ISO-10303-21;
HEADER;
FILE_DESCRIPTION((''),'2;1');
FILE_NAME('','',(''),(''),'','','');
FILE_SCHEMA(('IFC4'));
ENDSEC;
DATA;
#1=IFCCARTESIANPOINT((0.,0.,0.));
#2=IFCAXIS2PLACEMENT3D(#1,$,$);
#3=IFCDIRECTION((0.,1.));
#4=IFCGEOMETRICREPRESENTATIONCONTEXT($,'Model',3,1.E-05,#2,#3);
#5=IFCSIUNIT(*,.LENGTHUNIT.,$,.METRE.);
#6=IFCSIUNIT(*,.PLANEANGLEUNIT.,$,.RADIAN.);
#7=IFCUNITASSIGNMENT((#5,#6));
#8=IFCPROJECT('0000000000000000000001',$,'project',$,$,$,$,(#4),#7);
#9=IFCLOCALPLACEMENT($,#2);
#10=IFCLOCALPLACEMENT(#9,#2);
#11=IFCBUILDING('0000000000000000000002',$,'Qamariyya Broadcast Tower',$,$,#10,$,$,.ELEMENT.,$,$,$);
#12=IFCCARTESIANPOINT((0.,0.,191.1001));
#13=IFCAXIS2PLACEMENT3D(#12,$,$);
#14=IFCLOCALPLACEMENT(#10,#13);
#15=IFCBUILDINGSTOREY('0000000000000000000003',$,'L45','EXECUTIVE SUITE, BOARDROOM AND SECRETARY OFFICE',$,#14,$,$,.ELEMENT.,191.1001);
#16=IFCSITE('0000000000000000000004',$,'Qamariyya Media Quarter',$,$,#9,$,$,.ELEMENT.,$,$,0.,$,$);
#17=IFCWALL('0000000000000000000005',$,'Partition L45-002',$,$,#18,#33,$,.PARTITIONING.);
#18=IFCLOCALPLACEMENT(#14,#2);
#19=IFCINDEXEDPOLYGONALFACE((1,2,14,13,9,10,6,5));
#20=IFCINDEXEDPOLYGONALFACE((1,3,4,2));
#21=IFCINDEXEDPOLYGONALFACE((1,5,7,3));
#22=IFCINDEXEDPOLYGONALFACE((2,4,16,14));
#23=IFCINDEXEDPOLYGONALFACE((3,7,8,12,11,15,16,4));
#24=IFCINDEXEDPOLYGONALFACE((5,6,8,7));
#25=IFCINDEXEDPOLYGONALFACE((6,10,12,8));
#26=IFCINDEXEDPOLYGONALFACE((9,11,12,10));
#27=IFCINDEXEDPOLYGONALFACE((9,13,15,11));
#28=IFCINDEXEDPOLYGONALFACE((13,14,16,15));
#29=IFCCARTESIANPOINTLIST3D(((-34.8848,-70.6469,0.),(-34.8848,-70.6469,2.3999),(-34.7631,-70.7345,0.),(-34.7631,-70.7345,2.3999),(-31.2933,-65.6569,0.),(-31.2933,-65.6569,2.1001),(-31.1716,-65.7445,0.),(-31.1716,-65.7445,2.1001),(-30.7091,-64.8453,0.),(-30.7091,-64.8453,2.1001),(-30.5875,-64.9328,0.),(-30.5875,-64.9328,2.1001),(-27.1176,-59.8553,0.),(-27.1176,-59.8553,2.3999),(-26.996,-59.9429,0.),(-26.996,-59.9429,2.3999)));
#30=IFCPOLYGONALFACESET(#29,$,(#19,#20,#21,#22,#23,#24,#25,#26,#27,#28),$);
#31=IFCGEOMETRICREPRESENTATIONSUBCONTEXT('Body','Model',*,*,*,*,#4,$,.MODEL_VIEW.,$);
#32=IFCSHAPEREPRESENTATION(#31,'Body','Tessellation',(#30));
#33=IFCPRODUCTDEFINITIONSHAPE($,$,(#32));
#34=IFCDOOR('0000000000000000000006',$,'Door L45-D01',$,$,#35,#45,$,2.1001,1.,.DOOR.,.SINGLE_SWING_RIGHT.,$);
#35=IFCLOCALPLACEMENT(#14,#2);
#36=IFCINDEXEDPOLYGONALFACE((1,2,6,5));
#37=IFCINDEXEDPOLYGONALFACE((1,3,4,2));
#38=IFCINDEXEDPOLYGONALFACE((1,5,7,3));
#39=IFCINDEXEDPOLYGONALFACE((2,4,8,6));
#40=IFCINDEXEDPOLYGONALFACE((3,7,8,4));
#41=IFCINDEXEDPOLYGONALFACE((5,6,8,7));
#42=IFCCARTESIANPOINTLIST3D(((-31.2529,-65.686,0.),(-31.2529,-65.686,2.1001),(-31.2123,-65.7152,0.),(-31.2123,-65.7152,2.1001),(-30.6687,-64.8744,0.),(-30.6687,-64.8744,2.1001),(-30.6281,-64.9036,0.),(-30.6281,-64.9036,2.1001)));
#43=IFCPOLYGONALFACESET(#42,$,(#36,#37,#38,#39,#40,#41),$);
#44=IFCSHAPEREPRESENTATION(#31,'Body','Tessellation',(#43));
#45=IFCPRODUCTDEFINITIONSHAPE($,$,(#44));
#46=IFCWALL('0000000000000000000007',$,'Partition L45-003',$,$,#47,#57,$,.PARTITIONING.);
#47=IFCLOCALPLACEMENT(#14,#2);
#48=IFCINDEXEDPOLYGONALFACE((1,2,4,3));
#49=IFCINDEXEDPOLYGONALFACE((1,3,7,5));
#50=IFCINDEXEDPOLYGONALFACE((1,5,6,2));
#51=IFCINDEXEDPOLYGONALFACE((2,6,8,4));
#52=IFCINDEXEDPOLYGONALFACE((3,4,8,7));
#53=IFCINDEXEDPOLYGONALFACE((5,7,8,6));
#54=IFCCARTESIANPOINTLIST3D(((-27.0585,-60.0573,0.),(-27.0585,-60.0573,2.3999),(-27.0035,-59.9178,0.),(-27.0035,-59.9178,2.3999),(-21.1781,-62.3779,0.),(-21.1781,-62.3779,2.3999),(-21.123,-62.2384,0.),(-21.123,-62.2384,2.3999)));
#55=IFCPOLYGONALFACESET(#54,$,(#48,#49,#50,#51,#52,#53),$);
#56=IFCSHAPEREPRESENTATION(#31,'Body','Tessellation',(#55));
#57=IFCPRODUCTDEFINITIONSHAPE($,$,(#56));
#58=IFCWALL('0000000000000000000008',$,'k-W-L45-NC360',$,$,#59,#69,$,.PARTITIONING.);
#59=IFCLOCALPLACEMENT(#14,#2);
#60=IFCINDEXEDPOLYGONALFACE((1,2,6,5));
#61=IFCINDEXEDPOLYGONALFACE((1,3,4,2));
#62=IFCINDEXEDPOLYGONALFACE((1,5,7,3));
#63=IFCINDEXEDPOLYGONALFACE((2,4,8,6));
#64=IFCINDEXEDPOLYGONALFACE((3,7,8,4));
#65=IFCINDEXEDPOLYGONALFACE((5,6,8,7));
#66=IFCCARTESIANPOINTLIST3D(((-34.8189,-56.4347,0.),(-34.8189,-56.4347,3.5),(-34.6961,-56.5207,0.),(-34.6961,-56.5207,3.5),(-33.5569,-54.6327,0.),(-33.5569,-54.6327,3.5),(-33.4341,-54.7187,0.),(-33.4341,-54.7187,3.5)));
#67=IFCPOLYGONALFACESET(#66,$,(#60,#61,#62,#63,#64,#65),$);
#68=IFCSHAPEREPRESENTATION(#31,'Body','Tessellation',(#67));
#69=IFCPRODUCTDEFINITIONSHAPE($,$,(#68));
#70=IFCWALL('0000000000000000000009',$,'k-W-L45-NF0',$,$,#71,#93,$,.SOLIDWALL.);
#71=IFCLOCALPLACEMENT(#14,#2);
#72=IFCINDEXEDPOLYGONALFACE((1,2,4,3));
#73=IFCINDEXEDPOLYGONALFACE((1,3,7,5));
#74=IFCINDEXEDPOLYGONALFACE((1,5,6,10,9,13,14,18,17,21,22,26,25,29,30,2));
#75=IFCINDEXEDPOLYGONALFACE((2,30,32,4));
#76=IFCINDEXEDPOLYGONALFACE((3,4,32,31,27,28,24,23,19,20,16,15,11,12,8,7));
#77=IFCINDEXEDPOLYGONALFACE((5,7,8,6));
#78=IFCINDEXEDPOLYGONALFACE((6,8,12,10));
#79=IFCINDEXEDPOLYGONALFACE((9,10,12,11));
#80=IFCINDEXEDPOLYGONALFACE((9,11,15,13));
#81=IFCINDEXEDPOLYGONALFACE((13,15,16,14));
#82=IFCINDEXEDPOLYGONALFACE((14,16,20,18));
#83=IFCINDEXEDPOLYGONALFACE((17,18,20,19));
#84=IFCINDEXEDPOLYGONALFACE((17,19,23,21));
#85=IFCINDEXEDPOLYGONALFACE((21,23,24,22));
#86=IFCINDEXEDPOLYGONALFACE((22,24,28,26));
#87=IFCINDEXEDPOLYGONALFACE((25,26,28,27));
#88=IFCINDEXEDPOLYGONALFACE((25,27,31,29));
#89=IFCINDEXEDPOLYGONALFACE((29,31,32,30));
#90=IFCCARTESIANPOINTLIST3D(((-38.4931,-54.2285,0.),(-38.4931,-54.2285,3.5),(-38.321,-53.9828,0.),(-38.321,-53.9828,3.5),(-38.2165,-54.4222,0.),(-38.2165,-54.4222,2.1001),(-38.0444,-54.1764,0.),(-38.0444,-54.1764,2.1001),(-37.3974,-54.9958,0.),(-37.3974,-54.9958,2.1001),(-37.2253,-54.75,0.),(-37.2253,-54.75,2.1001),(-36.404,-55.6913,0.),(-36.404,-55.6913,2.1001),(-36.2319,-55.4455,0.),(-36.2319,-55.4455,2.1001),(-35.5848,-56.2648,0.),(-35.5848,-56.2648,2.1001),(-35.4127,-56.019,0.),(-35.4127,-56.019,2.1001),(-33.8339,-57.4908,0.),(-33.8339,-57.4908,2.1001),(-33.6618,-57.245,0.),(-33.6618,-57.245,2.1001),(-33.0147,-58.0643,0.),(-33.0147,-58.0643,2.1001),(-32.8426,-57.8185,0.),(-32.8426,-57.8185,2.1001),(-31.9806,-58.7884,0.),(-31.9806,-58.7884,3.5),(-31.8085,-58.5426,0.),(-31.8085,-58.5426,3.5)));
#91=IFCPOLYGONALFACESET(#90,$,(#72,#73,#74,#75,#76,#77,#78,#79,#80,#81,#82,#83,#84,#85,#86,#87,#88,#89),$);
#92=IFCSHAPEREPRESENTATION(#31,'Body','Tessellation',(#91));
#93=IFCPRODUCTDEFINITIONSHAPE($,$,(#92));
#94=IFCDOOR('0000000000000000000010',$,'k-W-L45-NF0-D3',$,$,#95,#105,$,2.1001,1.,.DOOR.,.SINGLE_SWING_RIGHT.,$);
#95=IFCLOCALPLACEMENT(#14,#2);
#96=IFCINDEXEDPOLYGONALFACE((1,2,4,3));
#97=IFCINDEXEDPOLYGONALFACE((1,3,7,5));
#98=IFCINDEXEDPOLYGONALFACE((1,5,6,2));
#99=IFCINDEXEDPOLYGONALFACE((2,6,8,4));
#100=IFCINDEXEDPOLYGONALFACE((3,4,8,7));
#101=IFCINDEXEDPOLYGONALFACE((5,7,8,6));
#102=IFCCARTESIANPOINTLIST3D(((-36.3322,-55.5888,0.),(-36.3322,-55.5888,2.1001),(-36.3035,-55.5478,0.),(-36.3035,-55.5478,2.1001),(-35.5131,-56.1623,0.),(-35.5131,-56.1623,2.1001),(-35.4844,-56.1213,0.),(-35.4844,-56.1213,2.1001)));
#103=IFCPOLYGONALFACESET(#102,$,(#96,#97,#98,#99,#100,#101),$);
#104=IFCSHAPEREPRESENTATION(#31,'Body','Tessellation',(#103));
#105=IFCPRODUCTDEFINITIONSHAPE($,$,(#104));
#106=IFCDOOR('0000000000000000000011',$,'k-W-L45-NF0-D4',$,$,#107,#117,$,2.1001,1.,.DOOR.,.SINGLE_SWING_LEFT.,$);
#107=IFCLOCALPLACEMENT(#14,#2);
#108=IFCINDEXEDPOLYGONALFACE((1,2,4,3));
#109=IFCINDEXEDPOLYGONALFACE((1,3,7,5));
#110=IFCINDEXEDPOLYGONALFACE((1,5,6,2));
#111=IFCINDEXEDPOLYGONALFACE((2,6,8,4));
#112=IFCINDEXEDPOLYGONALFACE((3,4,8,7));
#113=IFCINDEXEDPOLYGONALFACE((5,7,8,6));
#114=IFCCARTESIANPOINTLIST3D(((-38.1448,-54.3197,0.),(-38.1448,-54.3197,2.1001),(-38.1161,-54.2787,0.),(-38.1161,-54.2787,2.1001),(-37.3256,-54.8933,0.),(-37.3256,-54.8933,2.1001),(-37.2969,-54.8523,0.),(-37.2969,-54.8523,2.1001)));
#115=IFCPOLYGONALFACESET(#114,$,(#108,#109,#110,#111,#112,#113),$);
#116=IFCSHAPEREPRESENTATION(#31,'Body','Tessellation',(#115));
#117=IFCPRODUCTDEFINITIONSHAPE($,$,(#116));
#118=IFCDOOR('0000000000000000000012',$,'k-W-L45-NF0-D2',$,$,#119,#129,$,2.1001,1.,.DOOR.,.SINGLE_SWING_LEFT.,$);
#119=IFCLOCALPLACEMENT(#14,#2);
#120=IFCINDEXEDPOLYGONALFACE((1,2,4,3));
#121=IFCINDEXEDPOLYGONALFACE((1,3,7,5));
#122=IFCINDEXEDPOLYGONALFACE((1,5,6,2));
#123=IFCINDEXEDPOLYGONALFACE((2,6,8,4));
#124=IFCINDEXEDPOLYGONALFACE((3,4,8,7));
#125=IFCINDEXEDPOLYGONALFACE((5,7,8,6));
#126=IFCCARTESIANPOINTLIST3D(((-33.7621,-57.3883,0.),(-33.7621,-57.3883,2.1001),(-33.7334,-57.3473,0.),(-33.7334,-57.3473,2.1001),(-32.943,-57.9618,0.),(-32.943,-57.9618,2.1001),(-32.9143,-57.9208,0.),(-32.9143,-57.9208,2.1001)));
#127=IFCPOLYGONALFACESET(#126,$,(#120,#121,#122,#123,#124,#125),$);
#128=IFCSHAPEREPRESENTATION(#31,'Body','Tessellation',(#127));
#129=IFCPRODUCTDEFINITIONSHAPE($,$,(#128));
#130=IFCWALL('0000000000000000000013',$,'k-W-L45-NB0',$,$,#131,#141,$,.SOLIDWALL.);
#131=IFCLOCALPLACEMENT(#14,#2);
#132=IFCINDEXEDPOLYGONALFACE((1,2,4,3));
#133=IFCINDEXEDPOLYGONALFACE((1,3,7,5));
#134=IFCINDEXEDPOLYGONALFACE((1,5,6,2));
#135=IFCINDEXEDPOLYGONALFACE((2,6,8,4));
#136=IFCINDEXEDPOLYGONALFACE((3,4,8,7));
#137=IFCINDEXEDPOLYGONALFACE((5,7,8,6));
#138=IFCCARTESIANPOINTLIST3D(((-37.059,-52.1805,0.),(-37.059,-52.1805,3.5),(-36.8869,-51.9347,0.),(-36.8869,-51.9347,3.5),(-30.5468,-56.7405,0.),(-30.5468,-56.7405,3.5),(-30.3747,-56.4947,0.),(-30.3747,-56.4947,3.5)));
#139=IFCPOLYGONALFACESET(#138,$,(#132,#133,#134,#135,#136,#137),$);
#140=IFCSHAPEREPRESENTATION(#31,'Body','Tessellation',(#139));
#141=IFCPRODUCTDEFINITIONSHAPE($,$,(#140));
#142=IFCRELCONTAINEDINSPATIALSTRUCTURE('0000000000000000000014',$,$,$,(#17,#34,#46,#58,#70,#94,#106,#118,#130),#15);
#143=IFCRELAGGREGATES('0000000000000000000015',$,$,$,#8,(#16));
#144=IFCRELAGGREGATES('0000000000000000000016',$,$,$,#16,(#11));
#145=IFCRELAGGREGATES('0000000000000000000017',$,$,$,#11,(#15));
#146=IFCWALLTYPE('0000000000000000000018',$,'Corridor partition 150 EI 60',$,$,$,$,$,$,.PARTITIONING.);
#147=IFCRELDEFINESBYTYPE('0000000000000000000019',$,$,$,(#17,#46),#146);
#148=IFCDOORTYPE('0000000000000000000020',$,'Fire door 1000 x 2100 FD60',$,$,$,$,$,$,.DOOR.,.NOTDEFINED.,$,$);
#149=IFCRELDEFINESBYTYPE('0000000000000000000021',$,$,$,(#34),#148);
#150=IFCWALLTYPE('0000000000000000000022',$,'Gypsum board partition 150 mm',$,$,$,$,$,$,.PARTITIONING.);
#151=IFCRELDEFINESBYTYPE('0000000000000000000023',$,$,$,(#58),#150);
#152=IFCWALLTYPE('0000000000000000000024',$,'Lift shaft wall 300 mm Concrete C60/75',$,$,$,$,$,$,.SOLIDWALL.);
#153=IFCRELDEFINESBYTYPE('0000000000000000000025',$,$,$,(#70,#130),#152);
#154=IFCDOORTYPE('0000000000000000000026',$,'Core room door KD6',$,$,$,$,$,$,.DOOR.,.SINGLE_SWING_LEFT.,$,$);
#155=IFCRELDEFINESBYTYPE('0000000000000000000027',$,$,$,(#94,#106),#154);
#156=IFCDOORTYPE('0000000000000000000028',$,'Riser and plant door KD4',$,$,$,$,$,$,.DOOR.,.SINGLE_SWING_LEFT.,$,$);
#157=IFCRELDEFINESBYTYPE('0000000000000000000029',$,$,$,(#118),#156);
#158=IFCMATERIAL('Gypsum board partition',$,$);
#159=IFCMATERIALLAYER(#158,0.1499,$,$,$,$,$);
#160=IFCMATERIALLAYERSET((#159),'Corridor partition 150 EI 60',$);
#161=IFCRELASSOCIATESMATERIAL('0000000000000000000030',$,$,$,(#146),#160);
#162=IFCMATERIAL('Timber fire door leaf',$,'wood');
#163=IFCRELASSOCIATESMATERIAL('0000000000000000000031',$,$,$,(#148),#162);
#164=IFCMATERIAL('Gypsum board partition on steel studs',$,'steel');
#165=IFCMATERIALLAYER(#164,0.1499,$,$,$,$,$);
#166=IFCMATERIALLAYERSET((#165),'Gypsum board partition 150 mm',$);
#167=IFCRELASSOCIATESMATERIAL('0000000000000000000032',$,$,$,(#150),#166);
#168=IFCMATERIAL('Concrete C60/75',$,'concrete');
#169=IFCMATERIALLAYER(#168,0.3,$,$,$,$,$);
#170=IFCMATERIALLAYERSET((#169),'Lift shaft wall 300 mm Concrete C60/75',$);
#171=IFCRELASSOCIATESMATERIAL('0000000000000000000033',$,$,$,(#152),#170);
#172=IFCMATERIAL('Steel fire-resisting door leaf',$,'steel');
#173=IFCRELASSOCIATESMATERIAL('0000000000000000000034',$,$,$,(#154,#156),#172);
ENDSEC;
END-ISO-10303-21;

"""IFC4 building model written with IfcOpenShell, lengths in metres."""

from ifc_helpers import new_model, si_unit, direction, frame, frame_2d, origin, place, context, subcontext, project, spatial, rectangle, extrude, material, layer, layer_set, type_object, element, fill, save


model = new_model("IFC4")

# Units and contexts
model_context = context("Model", 3, precision=1e-05, world=origin(), true_north=direction((0.0, 1.0)))
body_context = subcontext(model_context, "Body", "Model", "MODEL_VIEW")
ifc_project = project(units=[si_unit("LENGTHUNIT", "METRE"), si_unit("PLANEANGLEUNIT", "RADIAN")], contexts=[model_context])

# Site, building, storey
site_placement = place(None, origin())
site = spatial("IfcSite", under=ifc_project, at=site_placement, Name="Qamariyya Media Quarter", CompositionType="ELEMENT", RefElevation=0.0)
building_placement = place(site_placement, origin())
building = spatial("IfcBuilding", under=site, at=building_placement, Name="Qamariyya Broadcast Tower", CompositionType="ELEMENT")
storey_placement = place(building_placement, frame((0.0, 0.0, 191.1001)))
storey = spatial("IfcBuildingStorey", under=building, at=storey_placement, Name="L45", Description="EXECUTIVE SUITE, BOARDROOM AND SECRETARY OFFICE", CompositionType="ELEMENT", Elevation=191.1001)

# Wall, opening, door
ifc_material_1 = material(Name="Gypsum board partition")
ifc_layer_1 = layer(ifc_material_1, 0.1499)
ifc_layer_set_1 = layer_set([ifc_layer_1], Name="Corridor partition 150 EI 60")
wall_type_1 = type_object("IfcWallType", Name="Corridor partition 150 EI 60", PredefinedType="PARTITIONING", material=ifc_layer_set_1)
wall_1_placement = place(storey_placement, frame((-27.0569, -59.8992, 0.0), z_axis=(0.0, 0.0, 1.0), x_axis=(-0.584166, -0.811634, 0.0)))
wall_1 = element("IfcWall", 1, at=wall_1_placement, inside=storey, type_object=wall_type_1, Name="Partition L45-002", PredefinedType="PARTITIONING", context=body_context, shape_type="SweptSolid", body=[
    extrude(rectangle(XDim=13.2961, YDim=0.1499, at=frame_2d((6.6479, 0.0))), origin(), (0.0, 0.0, 1.0), 2.3999),
])
opening_1_placement = place(wall_1_placement, frame((6.1479, 0.0, 0.0)))
opening_1 = element("IfcOpeningElement", 2, at=opening_1_placement, cuts=wall_1, PredefinedType="OPENING", context=body_context, shape_type="SweptSolid", body=[
    extrude(rectangle(XDim=1.0, YDim=2.1001, at=frame_2d((0.5, 1.05))), frame((0.0, 0.085, 0.0), z_axis=(0.0, -1.0, 0.0), x_axis=(1.0, 0.0, 0.0)), (0.0, 0.0, 1.0), 0.1699),
])
ifc_material_2 = material(Name="Timber fire door leaf", Category="wood")
door_type_1 = type_object("IfcDoorType", Name="Fire door 1000 x 2100 FD60", OperationType="NOTDEFINED", PredefinedType="DOOR", material=ifc_material_2)
door_1_placement = place(opening_1_placement, origin())
door_1 = element("IfcDoor", 3, at=door_1_placement, inside=storey, type_object=door_type_1, Name="Door L45-D01", OperationType="SINGLE_SWING_RIGHT", OverallHeight=2.1001, OverallWidth=1.0, PredefinedType="DOOR", context=body_context, shape_type="SweptSolid", body=[
    extrude(rectangle(XDim=1.0, YDim=2.1001, at=frame_2d((0.5, 1.05))), frame((0.0, 0.0249, 0.0), z_axis=(0.0, -1.0, 0.0), x_axis=(1.0, 0.0, 0.0)), (0.0, 0.0, 1.0), 0.05),
])
fill(opening_1, door_1)

# Walls
wall_2_placement = place(storey_placement, frame((-27.031, -59.9875, 0.0), z_axis=(0.0, 0.0, 1.0), x_axis=(0.93019, -0.367079, 0.0)))
element("IfcWall", 4, at=wall_2_placement, inside=storey, type_object=wall_type_1, Name="Partition L45-003", PredefinedType="PARTITIONING", context=body_context, shape_type="SweptSolid", body=[
    extrude(rectangle(XDim=6.3218, YDim=0.1499, at=frame_2d((3.1609, 0.0))), origin(), (0.0, 0.0, 1.0), 2.3999),
])
ifc_material_3 = material(Name="Gypsum board partition on steel studs", Category="steel")
ifc_layer_2 = layer(ifc_material_3, 0.1499)
ifc_layer_set_2 = layer_set([ifc_layer_2], Name="Gypsum board partition 150 mm")
wall_type_2 = type_object("IfcWallType", Name="Gypsum board partition 150 mm", PredefinedType="PARTITIONING", material=ifc_layer_set_2)
wall_3_placement = place(storey_placement, frame((-34.7576, -56.4778, 0.0), z_axis=(0.0, 0.0, 1.0), x_axis=(0.573634, 0.819112, 0.0)))
element("IfcWall", 5, at=wall_3_placement, inside=storey, type_object=wall_type_2, Name="k-W-L45-NC360", PredefinedType="PARTITIONING", context=body_context, shape_type="SweptSolid", body=[
    extrude(rectangle(XDim=2.2, YDim=0.1499, at=frame_2d((1.1001, 0.0))), origin(), (0.0, 0.0, 1.0), 3.5),
])

# Wall, openings, doors
ifc_material_4 = material(Name="Concrete C60/75", Category="concrete")
ifc_layer_3 = layer(ifc_material_4, 0.3)
ifc_layer_set_3 = layer_set([ifc_layer_3], Name="Lift shaft wall 300 mm Concrete C60/75")
wall_type_3 = type_object("IfcWallType", Name="Lift shaft wall 300 mm Concrete C60/75", PredefinedType="SOLIDWALL", material=ifc_layer_set_3)
wall_4_placement = place(storey_placement, frame((-31.8945, -58.6655, 0.0), z_axis=(0.0, 0.0, 1.0), x_axis=(-0.819167, 0.573555, 0.0)))
wall_4 = element("IfcWall", 6, at=wall_4_placement, inside=storey, type_object=wall_type_3, Name="k-W-L45-NF0", PredefinedType="SOLIDWALL", context=body_context, shape_type="SweptSolid", body=[
    extrude(rectangle(XDim=7.9502, YDim=0.3, at=frame_2d((3.9751, 0.0))), origin(), (0.0, 0.0, 1.0), 3.5),
])
opening_2_placement = place(wall_4_placement, frame((1.2625, 0.0, 0.0)))
opening_2 = element("IfcOpeningElement", 7, at=opening_2_placement, cuts=wall_4, PredefinedType="OPENING", context=body_context, shape_type="SweptSolid", body=[
    extrude(rectangle(XDim=1.0, YDim=2.1001, at=frame_2d((0.5, 1.05))), frame((0.0, 0.1599, 0.0), z_axis=(0.0, -1.0, 0.0), x_axis=(1.0, 0.0, 0.0)), (0.0, 0.0, 1.0), 0.3201),
])
opening_3_placement = place(wall_4_placement, frame((4.3999, 0.0, 0.0)))
opening_3 = element("IfcOpeningElement", 8, at=opening_3_placement, cuts=wall_4, PredefinedType="OPENING", context=body_context, shape_type="SweptSolid", body=[
    extrude(rectangle(XDim=1.0, YDim=2.1001, at=frame_2d((0.5, 1.05))), frame((0.0, 0.1599, 0.0), z_axis=(0.0, -1.0, 0.0), x_axis=(1.0, 0.0, 0.0)), (0.0, 0.0, 1.0), 0.3201),
])
opening_4_placement = place(wall_4_placement, frame((6.6125, 0.0, 0.0)))
opening_4 = element("IfcOpeningElement", 9, at=opening_4_placement, cuts=wall_4, PredefinedType="OPENING", context=body_context, shape_type="SweptSolid", body=[
    extrude(rectangle(XDim=1.0, YDim=2.1001, at=frame_2d((0.5, 1.05))), frame((0.0, 0.1599, 0.0), z_axis=(0.0, -1.0, 0.0), x_axis=(1.0, 0.0, 0.0)), (0.0, 0.0, 1.0), 0.3201),
])
ifc_material_5 = material(Name="Steel fire-resisting door leaf", Category="steel")
door_type_2 = type_object("IfcDoorType", Name="Core room door KD6", OperationType="SINGLE_SWING_LEFT", PredefinedType="DOOR", material=ifc_material_5)
door_2_placement = place(opening_3_placement, origin())
door_2 = element("IfcDoor", 10, at=door_2_placement, inside=storey, type_object=door_type_2, Name="k-W-L45-NF0-D3", OperationType="SINGLE_SWING_RIGHT", OverallHeight=2.1001, OverallWidth=1.0, PredefinedType="DOOR", context=body_context, shape_type="SweptSolid", body=[
    extrude(rectangle(XDim=1.0, YDim=2.1001, at=frame_2d((0.5, 1.05))), frame((0.0, 0.0249, 0.0), z_axis=(0.0, -1.0, 0.0), x_axis=(1.0, 0.0, 0.0)), (0.0, 0.0, 1.0), 0.05),
])
fill(opening_3, door_2)
door_3_placement = place(opening_4_placement, origin())
door_3 = element("IfcDoor", 11, at=door_3_placement, inside=storey, type_object=door_type_2, Name="k-W-L45-NF0-D4", OperationType="SINGLE_SWING_LEFT", OverallHeight=2.1001, OverallWidth=1.0, PredefinedType="DOOR", context=body_context, shape_type="SweptSolid", body=[
    extrude(rectangle(XDim=1.0, YDim=2.1001, at=frame_2d((0.5, 1.05))), frame((0.0, 0.0249, 0.0), z_axis=(0.0, -1.0, 0.0), x_axis=(1.0, 0.0, 0.0)), (0.0, 0.0, 1.0), 0.05),
])
fill(opening_4, door_3)
door_type_3 = type_object("IfcDoorType", Name="Riser and plant door KD4", OperationType="SINGLE_SWING_LEFT", PredefinedType="DOOR", material=ifc_material_5)
door_4_placement = place(opening_2_placement, origin())
door_4 = element("IfcDoor", 12, at=door_4_placement, inside=storey, type_object=door_type_3, Name="k-W-L45-NF0-D2", OperationType="SINGLE_SWING_LEFT", OverallHeight=2.1001, OverallWidth=1.0, PredefinedType="DOOR", context=body_context, shape_type="SweptSolid", body=[
    extrude(rectangle(XDim=1.0, YDim=2.1001, at=frame_2d((0.5, 1.05))), frame((0.0, 0.0249, 0.0), z_axis=(0.0, -1.0, 0.0), x_axis=(1.0, 0.0, 0.0)), (0.0, 0.0, 1.0), 0.05),
])
fill(opening_2, door_4)

# Wall
wall_5_placement = place(storey_placement, frame((-30.4607, -56.6177, 0.0), z_axis=(0.0, 0.0, 1.0), x_axis=(-0.819142, 0.57359, 0.0)))
element("IfcWall", 13, at=wall_5_placement, inside=storey, type_object=wall_type_3, Name="k-W-L45-NB0", PredefinedType="SOLIDWALL", context=body_context, shape_type="SweptSolid", body=[
    extrude(rectangle(XDim=7.95, YDim=0.3, at=frame_2d((3.9751, 0.0))), origin(), (0.0, 0.0, 1.0), 3.5),
])

save(model, "model.ifc")
